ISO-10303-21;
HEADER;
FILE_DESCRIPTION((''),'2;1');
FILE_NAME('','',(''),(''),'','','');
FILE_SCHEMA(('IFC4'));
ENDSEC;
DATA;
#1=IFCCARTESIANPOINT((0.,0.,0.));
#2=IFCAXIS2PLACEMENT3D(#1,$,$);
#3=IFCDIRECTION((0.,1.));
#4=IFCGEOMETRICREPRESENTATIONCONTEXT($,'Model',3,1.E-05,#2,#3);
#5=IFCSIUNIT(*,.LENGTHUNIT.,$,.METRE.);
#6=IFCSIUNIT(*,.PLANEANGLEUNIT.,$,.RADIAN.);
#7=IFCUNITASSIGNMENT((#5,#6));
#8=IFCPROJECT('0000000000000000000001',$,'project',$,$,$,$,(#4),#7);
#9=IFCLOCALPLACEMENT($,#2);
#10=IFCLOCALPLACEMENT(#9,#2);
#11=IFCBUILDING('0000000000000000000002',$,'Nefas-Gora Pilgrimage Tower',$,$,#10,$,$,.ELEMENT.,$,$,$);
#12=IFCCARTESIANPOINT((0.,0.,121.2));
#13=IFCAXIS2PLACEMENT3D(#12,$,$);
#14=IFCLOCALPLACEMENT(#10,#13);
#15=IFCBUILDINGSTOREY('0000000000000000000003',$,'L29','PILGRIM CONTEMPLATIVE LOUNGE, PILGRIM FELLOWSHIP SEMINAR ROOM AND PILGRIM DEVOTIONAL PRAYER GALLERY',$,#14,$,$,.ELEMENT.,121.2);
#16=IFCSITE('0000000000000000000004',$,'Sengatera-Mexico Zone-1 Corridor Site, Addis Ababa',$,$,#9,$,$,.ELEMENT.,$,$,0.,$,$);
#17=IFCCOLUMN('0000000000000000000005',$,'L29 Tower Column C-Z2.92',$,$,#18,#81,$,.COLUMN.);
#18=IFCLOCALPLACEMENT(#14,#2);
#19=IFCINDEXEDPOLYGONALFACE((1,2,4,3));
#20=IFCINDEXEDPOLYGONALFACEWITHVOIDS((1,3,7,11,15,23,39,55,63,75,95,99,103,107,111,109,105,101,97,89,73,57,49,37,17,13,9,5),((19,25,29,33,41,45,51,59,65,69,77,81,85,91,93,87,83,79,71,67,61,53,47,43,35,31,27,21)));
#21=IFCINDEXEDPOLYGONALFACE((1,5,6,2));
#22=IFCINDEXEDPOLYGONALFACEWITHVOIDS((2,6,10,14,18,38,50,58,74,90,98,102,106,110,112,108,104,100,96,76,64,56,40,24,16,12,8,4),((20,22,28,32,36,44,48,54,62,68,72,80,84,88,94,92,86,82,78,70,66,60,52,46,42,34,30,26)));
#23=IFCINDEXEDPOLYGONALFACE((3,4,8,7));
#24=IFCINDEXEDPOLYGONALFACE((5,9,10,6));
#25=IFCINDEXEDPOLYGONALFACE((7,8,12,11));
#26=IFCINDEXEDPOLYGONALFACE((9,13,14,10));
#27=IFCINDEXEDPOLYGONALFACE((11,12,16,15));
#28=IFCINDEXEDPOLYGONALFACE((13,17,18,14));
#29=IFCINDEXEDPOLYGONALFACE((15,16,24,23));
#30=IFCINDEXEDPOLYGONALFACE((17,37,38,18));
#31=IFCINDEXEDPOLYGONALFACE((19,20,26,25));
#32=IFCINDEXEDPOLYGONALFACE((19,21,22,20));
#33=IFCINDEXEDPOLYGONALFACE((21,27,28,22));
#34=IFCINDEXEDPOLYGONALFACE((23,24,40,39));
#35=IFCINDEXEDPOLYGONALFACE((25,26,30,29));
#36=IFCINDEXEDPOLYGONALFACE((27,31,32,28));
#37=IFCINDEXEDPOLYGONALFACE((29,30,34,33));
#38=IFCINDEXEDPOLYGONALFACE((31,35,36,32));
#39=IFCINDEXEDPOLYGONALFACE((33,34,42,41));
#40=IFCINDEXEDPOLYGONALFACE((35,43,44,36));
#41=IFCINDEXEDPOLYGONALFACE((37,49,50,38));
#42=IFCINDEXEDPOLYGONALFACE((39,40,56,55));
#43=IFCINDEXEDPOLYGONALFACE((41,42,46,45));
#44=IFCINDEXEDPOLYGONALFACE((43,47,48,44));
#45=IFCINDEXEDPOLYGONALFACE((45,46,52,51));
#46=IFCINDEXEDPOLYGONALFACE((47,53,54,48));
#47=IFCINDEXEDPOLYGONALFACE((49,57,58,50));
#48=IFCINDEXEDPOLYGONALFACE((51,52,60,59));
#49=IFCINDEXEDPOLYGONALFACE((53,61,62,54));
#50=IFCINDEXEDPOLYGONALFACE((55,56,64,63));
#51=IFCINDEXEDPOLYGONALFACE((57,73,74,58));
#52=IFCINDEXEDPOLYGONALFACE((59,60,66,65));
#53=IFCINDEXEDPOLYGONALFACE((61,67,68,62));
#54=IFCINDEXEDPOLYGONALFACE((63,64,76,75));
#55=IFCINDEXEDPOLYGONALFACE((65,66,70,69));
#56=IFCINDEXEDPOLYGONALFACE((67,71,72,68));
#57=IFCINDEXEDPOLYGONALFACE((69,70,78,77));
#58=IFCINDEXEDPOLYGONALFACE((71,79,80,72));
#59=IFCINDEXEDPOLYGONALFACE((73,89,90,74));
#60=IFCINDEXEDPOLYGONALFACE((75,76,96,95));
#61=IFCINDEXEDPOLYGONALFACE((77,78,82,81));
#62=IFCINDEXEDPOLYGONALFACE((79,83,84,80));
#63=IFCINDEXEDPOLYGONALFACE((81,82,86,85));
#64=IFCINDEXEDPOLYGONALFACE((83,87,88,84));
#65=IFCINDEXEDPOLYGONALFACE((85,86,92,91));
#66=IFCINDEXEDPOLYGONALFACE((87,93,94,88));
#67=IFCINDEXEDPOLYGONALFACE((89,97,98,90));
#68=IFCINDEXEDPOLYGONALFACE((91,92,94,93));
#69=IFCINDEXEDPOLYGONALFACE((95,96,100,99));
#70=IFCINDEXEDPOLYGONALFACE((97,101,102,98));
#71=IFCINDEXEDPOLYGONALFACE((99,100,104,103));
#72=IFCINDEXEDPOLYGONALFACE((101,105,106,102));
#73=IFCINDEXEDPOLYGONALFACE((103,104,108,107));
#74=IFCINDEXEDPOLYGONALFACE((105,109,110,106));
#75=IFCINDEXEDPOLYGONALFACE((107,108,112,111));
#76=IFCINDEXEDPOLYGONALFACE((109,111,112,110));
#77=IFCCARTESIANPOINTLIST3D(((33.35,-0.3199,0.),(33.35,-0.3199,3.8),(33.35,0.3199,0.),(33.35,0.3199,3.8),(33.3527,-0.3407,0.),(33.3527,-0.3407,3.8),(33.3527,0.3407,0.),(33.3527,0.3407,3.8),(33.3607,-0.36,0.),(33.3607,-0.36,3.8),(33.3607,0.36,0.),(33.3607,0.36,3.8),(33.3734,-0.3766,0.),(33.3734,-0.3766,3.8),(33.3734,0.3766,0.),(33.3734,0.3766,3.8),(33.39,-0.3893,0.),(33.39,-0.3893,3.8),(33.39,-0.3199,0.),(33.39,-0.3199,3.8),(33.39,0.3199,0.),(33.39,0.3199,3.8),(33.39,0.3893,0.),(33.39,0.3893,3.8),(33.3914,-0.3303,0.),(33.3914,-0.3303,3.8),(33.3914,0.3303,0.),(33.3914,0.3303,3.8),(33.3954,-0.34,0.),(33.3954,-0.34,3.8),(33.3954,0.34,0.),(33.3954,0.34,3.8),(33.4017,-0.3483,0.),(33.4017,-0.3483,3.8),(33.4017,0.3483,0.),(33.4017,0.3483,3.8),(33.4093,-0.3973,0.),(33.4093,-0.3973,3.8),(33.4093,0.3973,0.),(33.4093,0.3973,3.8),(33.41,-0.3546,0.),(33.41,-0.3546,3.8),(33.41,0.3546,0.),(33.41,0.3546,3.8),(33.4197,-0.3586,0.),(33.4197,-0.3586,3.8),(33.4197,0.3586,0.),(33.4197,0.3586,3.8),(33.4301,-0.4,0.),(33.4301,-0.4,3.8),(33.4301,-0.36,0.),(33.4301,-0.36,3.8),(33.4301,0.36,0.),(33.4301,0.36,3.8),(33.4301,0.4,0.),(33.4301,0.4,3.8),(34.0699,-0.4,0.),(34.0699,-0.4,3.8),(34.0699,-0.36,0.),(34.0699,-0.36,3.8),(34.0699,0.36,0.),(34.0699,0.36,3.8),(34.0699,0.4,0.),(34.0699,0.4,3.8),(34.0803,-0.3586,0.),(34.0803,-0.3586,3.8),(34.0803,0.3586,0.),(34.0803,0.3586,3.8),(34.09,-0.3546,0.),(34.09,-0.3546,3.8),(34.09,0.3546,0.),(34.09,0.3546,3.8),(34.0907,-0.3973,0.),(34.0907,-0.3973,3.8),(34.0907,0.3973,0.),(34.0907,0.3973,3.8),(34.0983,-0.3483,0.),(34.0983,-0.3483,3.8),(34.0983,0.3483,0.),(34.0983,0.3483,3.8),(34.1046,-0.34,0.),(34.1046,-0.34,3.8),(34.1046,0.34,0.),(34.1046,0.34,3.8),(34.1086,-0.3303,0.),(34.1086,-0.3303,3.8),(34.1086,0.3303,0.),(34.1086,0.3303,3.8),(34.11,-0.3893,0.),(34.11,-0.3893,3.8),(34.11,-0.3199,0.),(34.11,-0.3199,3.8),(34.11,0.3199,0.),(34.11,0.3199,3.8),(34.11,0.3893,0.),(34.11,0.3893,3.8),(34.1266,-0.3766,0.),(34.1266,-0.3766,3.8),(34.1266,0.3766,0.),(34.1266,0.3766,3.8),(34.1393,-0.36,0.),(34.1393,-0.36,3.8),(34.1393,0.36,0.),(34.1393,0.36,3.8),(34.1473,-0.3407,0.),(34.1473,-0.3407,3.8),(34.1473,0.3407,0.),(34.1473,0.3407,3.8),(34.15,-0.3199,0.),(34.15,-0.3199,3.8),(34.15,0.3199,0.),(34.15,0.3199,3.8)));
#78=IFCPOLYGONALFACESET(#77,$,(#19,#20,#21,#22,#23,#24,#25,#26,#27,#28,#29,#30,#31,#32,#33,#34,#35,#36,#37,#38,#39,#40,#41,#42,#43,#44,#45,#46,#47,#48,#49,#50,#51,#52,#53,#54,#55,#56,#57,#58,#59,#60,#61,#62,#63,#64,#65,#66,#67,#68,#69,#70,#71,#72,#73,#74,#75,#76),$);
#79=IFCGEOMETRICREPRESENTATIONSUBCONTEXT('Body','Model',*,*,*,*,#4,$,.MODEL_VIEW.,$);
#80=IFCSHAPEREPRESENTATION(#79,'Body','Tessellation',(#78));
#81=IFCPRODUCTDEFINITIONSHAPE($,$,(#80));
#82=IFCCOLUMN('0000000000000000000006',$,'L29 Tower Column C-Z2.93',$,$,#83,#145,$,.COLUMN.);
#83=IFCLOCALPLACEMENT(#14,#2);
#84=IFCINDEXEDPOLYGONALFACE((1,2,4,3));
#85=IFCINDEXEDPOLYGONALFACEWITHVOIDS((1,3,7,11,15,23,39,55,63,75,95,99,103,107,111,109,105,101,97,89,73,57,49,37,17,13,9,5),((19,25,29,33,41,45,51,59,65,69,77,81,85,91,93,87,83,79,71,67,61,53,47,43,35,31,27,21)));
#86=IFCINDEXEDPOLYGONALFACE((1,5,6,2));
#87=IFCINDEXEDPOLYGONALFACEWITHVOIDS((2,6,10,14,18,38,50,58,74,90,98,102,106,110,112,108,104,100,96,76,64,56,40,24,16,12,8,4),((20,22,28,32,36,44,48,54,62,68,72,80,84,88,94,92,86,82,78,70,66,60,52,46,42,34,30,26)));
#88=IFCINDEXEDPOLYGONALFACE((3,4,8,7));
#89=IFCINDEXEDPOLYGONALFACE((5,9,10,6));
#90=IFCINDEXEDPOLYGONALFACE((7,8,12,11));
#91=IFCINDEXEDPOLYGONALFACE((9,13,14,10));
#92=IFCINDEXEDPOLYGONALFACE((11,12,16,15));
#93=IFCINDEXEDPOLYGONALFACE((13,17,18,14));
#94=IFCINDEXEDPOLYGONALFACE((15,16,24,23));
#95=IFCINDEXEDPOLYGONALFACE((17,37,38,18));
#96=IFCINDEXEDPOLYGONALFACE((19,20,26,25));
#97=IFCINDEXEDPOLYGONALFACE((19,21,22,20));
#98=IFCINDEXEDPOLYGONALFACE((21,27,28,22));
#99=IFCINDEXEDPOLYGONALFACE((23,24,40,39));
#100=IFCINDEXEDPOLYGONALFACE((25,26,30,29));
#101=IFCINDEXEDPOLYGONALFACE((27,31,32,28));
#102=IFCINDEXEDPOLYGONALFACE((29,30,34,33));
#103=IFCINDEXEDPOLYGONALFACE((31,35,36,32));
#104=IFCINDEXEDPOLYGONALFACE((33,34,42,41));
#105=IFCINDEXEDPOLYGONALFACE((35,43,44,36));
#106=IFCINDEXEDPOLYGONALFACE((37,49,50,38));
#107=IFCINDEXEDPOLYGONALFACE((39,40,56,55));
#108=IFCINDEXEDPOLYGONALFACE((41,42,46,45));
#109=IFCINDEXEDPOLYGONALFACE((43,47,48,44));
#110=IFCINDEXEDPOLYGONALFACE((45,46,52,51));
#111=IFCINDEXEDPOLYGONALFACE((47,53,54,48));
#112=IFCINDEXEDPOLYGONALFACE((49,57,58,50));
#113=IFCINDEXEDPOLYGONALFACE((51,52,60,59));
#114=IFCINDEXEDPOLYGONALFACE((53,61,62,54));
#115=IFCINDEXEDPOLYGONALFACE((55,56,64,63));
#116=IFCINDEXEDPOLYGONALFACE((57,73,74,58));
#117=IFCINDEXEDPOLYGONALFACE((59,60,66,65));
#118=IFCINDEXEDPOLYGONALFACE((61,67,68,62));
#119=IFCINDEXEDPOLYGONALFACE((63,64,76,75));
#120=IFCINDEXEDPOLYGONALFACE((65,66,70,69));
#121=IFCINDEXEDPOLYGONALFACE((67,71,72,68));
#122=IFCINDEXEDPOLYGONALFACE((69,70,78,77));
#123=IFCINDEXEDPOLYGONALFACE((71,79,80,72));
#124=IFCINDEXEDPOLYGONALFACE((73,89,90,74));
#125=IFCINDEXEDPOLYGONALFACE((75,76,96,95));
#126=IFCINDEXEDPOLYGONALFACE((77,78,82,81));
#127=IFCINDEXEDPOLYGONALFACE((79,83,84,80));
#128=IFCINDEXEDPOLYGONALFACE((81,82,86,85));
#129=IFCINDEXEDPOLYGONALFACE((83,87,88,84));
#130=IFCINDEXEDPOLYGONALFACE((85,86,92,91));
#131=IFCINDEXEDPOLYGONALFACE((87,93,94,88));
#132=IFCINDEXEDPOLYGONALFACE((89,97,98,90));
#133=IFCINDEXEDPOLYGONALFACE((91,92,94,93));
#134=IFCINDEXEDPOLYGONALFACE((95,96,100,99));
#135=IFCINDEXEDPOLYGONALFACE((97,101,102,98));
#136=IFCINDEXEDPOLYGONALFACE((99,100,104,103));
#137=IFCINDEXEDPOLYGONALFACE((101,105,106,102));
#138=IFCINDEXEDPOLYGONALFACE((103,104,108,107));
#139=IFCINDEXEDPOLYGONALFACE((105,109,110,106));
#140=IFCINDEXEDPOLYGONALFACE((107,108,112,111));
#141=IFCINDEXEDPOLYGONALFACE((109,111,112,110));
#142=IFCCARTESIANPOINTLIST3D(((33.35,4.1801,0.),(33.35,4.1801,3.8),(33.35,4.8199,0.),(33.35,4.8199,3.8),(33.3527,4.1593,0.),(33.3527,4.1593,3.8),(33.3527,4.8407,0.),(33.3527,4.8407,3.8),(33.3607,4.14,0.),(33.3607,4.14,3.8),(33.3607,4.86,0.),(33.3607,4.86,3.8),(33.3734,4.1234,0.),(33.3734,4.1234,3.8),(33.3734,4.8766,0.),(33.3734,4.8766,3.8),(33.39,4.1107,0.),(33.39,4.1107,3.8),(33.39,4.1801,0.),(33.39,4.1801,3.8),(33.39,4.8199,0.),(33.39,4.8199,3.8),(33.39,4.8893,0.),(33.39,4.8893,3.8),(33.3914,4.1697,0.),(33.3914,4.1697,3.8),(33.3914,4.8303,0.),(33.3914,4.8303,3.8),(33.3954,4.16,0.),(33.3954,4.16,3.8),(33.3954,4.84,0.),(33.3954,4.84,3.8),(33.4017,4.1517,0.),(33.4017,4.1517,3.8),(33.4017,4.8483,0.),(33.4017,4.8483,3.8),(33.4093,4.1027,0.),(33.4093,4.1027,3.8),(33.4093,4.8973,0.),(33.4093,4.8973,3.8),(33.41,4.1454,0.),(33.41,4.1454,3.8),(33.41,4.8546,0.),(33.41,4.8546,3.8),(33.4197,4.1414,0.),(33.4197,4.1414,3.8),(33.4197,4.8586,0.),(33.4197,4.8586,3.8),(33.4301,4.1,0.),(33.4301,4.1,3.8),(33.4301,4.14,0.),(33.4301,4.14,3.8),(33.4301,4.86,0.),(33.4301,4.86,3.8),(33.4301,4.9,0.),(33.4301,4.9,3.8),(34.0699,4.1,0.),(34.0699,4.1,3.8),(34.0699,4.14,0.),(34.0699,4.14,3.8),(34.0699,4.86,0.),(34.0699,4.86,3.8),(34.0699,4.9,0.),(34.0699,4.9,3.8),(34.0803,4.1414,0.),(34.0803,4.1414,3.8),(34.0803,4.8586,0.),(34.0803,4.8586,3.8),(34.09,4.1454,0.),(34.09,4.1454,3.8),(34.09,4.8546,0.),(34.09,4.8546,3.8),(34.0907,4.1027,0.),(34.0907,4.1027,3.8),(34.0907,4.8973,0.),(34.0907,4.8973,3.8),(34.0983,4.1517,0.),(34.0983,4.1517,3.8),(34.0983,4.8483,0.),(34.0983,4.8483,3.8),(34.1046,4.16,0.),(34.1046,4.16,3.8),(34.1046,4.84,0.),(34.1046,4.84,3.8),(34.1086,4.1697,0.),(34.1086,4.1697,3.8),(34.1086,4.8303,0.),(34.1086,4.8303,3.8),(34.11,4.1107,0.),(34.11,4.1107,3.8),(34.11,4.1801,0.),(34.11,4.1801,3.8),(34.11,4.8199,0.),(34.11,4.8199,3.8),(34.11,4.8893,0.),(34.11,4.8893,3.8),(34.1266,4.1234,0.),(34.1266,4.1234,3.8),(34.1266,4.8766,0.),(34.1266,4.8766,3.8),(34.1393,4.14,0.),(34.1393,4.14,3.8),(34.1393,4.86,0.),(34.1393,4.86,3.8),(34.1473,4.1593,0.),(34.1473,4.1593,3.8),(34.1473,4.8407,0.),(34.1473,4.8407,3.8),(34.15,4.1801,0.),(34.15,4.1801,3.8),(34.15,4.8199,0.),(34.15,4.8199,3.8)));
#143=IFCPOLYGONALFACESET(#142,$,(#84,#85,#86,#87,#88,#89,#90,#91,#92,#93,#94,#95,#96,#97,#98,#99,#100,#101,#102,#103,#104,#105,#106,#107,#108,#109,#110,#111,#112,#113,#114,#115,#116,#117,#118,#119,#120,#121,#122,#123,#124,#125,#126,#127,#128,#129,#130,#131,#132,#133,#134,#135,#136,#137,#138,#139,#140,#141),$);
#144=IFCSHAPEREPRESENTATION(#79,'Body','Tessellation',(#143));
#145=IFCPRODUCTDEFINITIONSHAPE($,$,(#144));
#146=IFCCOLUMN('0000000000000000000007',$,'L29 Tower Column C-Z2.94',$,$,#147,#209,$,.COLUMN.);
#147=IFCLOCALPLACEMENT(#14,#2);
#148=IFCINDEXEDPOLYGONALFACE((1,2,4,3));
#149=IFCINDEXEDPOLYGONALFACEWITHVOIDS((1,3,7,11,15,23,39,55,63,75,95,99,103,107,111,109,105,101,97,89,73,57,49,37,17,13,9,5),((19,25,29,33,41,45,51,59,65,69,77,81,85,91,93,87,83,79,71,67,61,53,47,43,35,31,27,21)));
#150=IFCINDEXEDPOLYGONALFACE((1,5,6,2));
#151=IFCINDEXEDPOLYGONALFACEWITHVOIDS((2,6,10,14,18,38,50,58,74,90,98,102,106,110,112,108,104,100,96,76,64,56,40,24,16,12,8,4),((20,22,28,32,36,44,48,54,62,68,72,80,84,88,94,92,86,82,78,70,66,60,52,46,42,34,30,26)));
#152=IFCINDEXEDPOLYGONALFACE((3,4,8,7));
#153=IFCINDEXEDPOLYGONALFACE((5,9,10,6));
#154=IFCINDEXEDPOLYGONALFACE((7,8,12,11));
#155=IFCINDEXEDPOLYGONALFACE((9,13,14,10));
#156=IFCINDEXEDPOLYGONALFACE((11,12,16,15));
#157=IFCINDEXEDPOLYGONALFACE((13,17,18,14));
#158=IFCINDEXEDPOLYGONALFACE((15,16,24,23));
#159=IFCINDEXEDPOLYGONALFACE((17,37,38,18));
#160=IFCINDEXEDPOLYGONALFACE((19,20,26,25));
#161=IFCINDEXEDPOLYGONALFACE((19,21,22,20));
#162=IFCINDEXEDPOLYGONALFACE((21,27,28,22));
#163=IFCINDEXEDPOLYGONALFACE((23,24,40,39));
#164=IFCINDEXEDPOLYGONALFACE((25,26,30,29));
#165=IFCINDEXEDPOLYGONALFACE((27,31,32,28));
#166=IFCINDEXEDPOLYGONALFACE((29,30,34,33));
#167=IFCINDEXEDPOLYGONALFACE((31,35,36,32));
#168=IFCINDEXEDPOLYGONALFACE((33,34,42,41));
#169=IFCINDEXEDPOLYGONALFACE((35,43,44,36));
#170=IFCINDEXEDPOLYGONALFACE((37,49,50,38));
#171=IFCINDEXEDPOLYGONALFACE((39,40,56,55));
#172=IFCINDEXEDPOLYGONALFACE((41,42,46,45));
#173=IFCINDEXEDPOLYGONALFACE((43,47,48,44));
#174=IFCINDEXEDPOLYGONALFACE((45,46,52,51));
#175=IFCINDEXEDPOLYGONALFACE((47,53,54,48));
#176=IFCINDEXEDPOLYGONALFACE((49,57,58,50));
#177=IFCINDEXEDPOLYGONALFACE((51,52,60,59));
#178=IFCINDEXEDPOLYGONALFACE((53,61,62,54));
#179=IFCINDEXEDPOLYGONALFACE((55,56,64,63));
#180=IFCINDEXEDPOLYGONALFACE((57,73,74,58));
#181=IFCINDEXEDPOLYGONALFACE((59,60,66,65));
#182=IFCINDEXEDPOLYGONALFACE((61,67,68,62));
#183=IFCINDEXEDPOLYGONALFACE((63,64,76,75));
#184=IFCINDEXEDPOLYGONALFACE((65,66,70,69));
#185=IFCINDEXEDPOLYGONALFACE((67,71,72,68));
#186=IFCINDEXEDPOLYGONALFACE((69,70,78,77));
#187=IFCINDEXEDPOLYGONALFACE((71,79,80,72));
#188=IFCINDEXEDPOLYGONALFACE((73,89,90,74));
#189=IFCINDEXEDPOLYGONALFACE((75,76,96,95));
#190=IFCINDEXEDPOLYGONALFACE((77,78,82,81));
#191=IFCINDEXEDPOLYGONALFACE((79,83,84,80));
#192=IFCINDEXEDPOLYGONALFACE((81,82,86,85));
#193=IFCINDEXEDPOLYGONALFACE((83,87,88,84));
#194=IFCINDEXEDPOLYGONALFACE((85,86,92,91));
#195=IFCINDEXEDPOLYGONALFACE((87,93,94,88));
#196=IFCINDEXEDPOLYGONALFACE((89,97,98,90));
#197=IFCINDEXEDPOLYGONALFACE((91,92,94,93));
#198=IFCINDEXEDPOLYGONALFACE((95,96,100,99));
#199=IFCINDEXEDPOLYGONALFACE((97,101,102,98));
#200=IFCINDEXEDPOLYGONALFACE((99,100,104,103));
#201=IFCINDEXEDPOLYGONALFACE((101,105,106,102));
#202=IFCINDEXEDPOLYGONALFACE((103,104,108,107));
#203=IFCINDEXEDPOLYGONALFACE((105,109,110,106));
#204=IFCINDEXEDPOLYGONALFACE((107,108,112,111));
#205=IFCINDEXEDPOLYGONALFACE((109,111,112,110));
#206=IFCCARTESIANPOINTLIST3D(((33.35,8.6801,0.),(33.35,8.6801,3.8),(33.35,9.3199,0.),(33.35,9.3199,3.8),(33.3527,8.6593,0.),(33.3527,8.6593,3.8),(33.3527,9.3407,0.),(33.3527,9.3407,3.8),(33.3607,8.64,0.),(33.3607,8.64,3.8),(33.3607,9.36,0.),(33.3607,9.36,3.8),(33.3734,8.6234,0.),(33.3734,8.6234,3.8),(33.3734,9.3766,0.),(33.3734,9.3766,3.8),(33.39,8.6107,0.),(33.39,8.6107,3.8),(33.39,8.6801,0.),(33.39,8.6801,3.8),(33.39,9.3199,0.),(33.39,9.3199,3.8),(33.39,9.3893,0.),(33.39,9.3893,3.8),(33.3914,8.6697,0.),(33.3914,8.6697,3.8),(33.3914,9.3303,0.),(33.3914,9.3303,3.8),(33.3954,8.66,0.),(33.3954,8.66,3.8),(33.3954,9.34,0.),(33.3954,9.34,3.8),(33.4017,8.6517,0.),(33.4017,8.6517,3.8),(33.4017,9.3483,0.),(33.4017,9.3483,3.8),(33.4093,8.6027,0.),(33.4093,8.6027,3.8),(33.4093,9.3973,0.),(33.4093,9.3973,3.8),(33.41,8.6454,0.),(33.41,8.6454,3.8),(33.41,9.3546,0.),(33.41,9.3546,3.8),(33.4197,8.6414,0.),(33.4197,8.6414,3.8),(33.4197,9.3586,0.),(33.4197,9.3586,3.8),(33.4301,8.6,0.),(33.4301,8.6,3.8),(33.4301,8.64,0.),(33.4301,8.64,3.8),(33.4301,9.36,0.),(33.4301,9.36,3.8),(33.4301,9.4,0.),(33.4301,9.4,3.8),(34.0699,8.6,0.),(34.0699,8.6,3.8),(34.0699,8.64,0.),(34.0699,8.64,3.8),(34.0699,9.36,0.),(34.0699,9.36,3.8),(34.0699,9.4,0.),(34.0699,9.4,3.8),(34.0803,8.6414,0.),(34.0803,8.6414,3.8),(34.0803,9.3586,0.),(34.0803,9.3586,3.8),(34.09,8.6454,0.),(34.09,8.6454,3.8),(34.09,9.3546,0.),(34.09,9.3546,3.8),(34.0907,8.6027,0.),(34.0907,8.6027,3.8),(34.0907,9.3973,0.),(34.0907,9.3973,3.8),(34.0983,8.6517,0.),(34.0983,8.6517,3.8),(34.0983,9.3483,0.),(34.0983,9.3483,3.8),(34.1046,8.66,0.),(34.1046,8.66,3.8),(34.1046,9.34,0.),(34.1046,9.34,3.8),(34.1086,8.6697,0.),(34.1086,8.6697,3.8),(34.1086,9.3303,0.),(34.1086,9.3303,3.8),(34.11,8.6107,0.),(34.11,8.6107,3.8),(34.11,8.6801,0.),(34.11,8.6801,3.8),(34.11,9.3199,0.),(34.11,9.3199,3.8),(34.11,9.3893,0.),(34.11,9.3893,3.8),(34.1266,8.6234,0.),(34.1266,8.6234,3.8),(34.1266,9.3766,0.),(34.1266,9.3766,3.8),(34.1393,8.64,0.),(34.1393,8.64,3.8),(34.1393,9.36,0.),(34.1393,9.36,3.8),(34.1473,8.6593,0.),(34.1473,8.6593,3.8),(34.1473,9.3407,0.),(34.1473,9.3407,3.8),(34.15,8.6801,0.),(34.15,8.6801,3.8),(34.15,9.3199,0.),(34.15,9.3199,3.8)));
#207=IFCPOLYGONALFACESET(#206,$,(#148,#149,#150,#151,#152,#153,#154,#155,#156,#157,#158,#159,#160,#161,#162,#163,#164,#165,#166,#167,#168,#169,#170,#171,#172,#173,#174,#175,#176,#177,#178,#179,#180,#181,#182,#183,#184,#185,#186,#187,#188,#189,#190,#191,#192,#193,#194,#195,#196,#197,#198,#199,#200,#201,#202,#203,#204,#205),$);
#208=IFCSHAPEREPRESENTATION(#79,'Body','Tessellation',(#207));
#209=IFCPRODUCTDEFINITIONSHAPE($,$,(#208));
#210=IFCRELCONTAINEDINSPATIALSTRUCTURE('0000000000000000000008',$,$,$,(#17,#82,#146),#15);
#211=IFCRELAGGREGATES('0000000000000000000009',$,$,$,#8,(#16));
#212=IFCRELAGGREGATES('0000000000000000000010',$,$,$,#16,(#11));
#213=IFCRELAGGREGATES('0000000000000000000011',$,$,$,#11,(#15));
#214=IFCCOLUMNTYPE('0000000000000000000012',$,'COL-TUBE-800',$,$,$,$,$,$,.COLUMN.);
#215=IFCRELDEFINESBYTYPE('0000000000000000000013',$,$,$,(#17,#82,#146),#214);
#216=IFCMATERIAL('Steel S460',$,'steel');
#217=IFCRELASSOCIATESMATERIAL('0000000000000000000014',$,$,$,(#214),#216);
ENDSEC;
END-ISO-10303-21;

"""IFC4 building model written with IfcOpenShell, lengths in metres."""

from ifc_helpers import new_model, si_unit, direction, frame, origin, origin_2d, place, context, subcontext, project, spatial, hollow_rectangle, extrude, source, transform, mapped, material, material_profile, profile_set, type_object, element, save


model = new_model("IFC4")

# Units and contexts
model_context = context("Model", 3, precision=1e-05, world=origin(), true_north=direction((0.0, 1.0)))
body_context = subcontext(model_context, "Body", "Model", "MODEL_VIEW")
ifc_project = project(units=[si_unit("LENGTHUNIT", "METRE"), si_unit("PLANEANGLEUNIT", "RADIAN")], contexts=[model_context])

# Site, building, storey
site_placement = place(None, origin())
site = spatial("IfcSite", under=ifc_project, at=site_placement, Name="Sengatera-Mexico Zone-1 Corridor Site, Addis Ababa", CompositionType="ELEMENT", RefElevation=0.0)
building_placement = place(site_placement, origin())
building = spatial("IfcBuilding", under=site, at=building_placement, Name="Nefas-Gora Pilgrimage Tower", CompositionType="ELEMENT")
storey_placement = place(building_placement, frame((0.0, 0.0, 121.2)))
storey = spatial("IfcBuildingStorey", under=building, at=storey_placement, Name="L29", Description="PILGRIM CONTEMPLATIVE LOUNGE, PILGRIM FELLOWSHIP SEMINAR ROOM AND PILGRIM DEVOTIONAL PRAYER GALLERY", CompositionType="ELEMENT", Elevation=121.2)

# Columns
ifc_material_1 = material(Name="Steel S460", Category="steel")
ifc_material_profile_1 = material_profile(ifc_material_1, hollow_rectangle(XDim=0.8, YDim=0.8, WallThickness=0.04, InnerFilletRadius=0.04, OuterFilletRadius=0.0801, at=origin_2d()), Name="BOX 800x800x40")
ifc_profile_set_1 = profile_set([ifc_material_profile_1], Name="Steel S460")
column_type_1 = type_object("IfcColumnType", Name="COL-TUBE-800", PredefinedType="COLUMN", material=ifc_profile_set_1)
shared_shape_1 = source(origin(), body_context, "Body", "SweptSolid", [
    extrude(hollow_rectangle(XDim=0.8, YDim=0.8, WallThickness=0.04, InnerFilletRadius=0.04, OuterFilletRadius=0.0801, at=origin_2d()), origin(), (0.0, 0.0, 1.0), 3.8),
])
for number, where, z_axis, x_axis, name in (
    (1, (33.75, 0.0, 0.0), (0.0, 0.0, 1.0), (1.0, 0.0, 0.0), "L29 Tower Column C-Z2.92"),
    (2, (33.75, 4.5, 0.0), (0.0, 0.0, 1.0), (1.0, 0.0, 0.0), "L29 Tower Column C-Z2.93"),
    (3, (33.75, 9.0, 0.0), (0.0, 0.0, 1.0), (1.0, 0.0, 0.0), "L29 Tower Column C-Z2.94"),
):
    element("IfcColumn", number, at=place(storey_placement, frame(where, z_axis=z_axis, x_axis=x_axis)), inside=storey, type_object=column_type_1, Name=name, PredefinedType="COLUMN", context=body_context, shape_type="MappedRepresentation", body=[
        mapped(shared_shape_1, transform((0.0, 0.0, 0.0), x_axis=(1.0, 0.0, 0.0), y_axis=(0.0, 1.0, 0.0), z_axis=(0.0, 0.0, 1.0), scale=1.0)),
    ])

save(model, "model.ifc")
